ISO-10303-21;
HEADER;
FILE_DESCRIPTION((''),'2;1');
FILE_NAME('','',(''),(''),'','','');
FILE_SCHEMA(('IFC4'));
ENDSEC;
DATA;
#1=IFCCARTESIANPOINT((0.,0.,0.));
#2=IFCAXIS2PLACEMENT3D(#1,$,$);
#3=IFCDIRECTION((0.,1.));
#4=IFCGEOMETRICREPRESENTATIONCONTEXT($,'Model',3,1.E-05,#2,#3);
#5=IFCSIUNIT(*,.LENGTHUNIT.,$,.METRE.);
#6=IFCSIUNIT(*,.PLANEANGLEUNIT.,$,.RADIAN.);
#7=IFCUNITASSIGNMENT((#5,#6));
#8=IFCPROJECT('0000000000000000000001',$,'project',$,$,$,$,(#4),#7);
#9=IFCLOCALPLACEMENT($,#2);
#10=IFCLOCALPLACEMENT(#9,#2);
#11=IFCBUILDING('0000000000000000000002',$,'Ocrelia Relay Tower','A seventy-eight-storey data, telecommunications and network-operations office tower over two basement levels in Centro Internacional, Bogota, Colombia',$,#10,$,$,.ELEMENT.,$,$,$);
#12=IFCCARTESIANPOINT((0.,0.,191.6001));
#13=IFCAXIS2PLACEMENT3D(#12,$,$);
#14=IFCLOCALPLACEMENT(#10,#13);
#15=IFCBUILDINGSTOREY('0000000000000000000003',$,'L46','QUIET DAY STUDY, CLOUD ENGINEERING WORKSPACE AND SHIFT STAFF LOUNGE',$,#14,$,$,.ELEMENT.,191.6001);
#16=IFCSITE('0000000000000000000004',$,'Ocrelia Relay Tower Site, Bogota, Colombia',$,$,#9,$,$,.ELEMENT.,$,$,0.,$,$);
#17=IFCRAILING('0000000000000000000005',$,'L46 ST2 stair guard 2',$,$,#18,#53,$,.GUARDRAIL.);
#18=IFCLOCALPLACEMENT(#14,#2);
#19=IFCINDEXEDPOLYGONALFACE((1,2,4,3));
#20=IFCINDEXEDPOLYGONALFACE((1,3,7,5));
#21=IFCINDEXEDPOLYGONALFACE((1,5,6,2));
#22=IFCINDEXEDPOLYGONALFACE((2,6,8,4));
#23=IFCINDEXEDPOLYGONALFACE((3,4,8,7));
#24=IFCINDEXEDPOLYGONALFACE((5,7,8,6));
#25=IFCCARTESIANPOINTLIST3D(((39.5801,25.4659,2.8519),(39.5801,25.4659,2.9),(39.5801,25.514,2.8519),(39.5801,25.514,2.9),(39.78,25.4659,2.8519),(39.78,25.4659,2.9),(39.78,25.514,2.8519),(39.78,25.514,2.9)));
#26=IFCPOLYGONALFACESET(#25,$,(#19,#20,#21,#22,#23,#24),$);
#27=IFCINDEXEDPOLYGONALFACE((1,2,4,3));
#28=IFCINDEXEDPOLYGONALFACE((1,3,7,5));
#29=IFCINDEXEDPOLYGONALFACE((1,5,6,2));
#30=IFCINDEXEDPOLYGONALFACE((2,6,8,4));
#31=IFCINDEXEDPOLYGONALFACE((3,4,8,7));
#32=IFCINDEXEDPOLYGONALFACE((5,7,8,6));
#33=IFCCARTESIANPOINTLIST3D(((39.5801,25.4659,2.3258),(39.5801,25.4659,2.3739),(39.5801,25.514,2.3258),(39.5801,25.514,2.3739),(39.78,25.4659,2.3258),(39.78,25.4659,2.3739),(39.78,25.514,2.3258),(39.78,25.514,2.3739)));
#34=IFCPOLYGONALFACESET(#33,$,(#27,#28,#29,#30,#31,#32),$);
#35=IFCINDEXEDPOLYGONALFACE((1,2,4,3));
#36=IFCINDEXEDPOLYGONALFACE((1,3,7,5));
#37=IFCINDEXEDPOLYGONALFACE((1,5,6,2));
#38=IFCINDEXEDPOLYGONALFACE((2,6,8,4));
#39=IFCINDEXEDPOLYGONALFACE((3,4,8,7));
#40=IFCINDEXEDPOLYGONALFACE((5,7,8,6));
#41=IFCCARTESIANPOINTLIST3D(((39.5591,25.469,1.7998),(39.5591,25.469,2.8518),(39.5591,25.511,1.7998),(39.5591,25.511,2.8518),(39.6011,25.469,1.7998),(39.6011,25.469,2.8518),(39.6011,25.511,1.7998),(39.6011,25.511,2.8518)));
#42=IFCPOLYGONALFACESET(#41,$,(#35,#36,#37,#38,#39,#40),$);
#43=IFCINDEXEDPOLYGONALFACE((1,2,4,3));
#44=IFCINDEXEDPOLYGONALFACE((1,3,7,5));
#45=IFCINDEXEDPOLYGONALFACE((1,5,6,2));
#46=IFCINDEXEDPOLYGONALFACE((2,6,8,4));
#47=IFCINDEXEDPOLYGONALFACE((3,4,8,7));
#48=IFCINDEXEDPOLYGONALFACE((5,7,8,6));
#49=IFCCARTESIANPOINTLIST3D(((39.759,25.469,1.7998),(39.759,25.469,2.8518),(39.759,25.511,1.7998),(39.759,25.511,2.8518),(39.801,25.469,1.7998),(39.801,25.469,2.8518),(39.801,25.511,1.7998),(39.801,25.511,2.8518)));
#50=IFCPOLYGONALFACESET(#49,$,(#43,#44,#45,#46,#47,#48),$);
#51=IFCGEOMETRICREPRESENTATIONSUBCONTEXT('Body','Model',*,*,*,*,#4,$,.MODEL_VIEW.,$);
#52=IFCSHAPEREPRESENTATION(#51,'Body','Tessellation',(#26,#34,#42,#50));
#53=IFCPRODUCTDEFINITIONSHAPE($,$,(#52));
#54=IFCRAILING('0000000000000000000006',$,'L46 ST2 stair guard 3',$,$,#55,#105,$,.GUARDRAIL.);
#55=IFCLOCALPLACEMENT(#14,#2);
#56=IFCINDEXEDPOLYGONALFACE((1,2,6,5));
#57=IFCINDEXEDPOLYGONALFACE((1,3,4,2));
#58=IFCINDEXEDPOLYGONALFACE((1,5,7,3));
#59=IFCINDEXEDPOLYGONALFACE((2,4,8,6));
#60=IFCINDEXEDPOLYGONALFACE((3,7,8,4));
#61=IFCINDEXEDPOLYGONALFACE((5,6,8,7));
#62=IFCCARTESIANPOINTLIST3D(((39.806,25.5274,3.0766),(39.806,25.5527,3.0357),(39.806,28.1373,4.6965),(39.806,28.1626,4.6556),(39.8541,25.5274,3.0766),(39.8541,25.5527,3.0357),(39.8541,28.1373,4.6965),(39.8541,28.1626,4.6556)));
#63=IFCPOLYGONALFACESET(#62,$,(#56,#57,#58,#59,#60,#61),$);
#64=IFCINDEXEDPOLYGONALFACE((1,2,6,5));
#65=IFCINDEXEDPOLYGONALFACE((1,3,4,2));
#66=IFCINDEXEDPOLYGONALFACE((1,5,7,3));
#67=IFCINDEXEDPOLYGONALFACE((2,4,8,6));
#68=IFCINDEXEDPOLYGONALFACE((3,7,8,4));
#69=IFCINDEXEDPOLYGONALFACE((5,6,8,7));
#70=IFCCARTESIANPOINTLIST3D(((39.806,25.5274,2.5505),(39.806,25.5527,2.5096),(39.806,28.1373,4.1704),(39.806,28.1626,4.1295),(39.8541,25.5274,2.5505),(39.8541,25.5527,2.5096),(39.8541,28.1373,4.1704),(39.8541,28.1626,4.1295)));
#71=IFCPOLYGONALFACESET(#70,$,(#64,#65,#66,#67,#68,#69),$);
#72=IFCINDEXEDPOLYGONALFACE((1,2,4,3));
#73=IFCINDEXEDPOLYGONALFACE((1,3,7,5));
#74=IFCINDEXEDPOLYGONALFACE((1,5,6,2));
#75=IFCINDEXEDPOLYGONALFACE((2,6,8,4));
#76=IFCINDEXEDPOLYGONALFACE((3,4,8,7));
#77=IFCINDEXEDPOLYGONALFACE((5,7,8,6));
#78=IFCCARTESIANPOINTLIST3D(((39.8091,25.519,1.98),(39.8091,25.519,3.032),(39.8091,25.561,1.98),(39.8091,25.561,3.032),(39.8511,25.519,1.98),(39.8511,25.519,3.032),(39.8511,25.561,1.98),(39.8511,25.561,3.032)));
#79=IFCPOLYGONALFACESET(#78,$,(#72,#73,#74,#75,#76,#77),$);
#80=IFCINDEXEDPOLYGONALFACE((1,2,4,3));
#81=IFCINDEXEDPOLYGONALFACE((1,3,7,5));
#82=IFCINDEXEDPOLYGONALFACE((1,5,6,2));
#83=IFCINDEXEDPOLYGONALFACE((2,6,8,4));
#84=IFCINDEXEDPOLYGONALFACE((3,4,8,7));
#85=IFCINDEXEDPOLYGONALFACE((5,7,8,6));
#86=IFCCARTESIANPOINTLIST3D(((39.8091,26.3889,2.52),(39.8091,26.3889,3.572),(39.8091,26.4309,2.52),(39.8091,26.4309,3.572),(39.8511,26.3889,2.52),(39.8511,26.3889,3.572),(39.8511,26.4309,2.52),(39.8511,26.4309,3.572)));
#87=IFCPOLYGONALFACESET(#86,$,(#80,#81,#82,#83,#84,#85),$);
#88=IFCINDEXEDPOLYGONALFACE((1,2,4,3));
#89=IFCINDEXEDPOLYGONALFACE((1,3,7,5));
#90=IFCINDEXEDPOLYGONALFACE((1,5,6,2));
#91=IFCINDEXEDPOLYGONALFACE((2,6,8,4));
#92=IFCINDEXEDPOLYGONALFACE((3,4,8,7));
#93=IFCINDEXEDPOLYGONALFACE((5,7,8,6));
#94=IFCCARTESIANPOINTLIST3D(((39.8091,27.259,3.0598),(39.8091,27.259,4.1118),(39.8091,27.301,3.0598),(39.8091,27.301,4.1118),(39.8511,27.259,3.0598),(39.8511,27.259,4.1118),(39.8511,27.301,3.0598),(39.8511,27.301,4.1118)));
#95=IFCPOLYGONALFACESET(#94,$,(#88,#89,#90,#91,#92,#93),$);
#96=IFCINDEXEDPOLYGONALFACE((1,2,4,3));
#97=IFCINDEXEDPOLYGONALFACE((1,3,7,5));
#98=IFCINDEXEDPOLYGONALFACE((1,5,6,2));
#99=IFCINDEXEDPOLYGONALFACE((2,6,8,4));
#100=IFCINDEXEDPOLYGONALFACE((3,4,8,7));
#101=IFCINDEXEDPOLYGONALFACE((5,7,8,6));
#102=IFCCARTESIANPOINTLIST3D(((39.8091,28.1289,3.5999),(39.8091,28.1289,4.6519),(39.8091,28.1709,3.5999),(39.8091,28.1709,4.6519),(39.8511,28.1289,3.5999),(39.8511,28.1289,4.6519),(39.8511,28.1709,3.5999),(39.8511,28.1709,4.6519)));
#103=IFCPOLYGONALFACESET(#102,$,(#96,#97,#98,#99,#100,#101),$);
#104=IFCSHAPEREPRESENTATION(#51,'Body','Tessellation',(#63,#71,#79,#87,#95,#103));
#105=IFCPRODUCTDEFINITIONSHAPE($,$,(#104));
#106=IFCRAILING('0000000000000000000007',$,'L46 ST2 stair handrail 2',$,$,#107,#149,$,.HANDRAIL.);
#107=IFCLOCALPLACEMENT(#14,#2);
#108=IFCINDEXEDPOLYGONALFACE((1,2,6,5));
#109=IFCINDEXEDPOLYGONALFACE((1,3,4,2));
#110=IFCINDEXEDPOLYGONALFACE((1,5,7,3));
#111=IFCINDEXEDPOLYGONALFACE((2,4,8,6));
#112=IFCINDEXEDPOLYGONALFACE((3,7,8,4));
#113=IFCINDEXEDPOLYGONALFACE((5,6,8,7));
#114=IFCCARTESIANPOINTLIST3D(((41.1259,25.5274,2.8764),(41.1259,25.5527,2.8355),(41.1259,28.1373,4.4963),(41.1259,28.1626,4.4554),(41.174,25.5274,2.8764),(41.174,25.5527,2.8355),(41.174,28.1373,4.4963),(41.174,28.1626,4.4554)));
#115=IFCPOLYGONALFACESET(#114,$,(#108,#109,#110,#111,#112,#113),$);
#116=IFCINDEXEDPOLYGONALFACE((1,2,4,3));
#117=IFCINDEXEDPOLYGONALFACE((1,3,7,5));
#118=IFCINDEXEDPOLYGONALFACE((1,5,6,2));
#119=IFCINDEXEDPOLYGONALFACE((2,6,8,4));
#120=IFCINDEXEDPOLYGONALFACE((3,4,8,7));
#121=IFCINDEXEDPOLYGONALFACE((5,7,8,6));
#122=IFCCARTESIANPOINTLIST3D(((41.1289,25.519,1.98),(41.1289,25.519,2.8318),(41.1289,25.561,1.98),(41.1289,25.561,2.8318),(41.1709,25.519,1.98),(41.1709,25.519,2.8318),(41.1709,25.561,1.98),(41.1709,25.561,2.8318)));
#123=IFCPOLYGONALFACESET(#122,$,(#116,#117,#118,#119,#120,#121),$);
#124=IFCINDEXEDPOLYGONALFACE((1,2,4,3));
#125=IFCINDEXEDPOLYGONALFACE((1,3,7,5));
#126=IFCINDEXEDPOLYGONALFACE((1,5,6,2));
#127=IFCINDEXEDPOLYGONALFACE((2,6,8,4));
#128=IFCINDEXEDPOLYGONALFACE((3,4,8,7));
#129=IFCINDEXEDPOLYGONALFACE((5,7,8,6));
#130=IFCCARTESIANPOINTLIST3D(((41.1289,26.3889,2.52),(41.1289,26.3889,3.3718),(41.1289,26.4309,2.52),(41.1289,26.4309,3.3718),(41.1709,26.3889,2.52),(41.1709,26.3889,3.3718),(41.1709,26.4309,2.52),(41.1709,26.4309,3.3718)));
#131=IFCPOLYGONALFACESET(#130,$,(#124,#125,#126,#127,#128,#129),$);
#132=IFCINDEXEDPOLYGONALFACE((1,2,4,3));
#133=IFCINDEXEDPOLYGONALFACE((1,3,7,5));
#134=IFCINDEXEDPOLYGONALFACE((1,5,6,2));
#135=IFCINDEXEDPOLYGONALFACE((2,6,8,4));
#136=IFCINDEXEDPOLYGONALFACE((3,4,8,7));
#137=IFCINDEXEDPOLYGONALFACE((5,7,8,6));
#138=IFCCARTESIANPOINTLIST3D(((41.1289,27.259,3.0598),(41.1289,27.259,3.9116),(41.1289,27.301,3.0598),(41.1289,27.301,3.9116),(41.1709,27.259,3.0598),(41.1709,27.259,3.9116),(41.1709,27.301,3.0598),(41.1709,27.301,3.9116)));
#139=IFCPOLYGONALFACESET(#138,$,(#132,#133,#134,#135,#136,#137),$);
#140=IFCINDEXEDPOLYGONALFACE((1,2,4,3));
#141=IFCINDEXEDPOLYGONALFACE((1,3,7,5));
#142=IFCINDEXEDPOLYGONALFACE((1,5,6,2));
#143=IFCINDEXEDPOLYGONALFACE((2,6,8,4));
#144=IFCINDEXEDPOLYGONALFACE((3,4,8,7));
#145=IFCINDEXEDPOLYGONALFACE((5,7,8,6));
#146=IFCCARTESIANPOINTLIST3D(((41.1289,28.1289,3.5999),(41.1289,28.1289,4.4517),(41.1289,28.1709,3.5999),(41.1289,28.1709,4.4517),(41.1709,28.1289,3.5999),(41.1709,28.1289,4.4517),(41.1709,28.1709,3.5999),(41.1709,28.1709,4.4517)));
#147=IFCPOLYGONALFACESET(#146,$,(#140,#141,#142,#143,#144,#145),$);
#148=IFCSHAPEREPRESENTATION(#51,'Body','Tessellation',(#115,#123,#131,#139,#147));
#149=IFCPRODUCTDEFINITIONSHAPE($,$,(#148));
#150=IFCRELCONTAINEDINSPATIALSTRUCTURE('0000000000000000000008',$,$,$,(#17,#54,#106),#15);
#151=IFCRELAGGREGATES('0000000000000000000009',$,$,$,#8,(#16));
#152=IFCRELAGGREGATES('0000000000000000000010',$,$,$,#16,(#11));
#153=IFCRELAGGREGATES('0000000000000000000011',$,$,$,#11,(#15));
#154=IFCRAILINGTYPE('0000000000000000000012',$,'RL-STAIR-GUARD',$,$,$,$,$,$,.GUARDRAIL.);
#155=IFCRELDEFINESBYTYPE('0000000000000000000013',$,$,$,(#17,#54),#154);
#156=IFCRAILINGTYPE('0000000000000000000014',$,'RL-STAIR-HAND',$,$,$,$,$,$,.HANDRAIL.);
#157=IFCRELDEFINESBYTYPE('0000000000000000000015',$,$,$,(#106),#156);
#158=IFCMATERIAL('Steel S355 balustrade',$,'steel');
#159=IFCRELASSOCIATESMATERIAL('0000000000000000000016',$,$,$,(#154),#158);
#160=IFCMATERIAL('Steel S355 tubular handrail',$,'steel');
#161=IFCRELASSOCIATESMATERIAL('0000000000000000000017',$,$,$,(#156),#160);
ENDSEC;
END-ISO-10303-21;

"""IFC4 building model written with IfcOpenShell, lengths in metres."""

from ifc_helpers import new_model, si_unit, direction, frame, origin, origin_2d, place, context, subcontext, project, spatial, rectangle, extrude, material, type_object, element, save


model = new_model("IFC4")

# Units and contexts
model_context = context("Model", 3, precision=1e-05, world=origin(), true_north=direction((0.0, 1.0)))
body_context = subcontext(model_context, "Body", "Model", "MODEL_VIEW")
ifc_project = project(units=[si_unit("LENGTHUNIT", "METRE"), si_unit("PLANEANGLEUNIT", "RADIAN")], contexts=[model_context])

# Site, building, storey
site_placement = place(None, origin())
site = spatial("IfcSite", under=ifc_project, at=site_placement, Name="Ocrelia Relay Tower Site, Bogota, Colombia", CompositionType="ELEMENT", RefElevation=0.0)
building_placement = place(site_placement, origin())
building = spatial("IfcBuilding", under=site, at=building_placement, Name="Ocrelia Relay Tower", Description="A seventy-eight-storey data, telecommunications and network-operations office tower over two basement levels in Centro Internacional, Bogota, Colombia", CompositionType="ELEMENT")
storey_placement = place(building_placement, frame((0.0, 0.0, 191.6001)))
storey = spatial("IfcBuildingStorey", under=building, at=storey_placement, Name="L46", Description="QUIET DAY STUDY, CLOUD ENGINEERING WORKSPACE AND SHIFT STAFF LOUNGE", CompositionType="ELEMENT", Elevation=191.6001)

# Railings
ifc_material_1 = material(Name="Steel S355 balustrade", Category="steel")
railing_type_1 = type_object("IfcRailingType", Name="RL-STAIR-GUARD", PredefinedType="GUARDRAIL", material=ifc_material_1)
railing_1_placement = place(storey_placement, frame((39.5801, 25.49, 1.7998)))
element("IfcRailing", 1, at=railing_1_placement, inside=storey, type_object=railing_type_1, Name="L46 ST2 stair guard 2", PredefinedType="GUARDRAIL", context=body_context, shape_type="SweptSolid", body=[
    extrude(rectangle(XDim=0.0481, YDim=0.0481, at=origin_2d()), frame((0.0, 0.0, 1.0762), z_axis=(1.0, 0.0, 0.0), x_axis=(0.0, 1.0, 0.0)), (0.0, 0.0, 1.0), 0.2),
    extrude(rectangle(XDim=0.0481, YDim=0.0481, at=origin_2d()), frame((0.0, 0.0, 0.55), z_axis=(1.0, 0.0, 0.0), x_axis=(0.0, 1.0, 0.0)), (0.0, 0.0, 1.0), 0.2),
    extrude(rectangle(XDim=0.042, YDim=0.042, at=origin_2d()), origin(), (0.0, 0.0, 1.0), 1.052),
    extrude(rectangle(XDim=0.042, YDim=0.042, at=origin_2d()), frame((0.2, 0.0, 0.0)), (0.0, 0.0, 1.0), 1.052),
])
railing_2_placement = place(storey_placement, frame((39.8301, 25.54, 1.98)))
element("IfcRailing", 2, at=railing_2_placement, inside=storey, type_object=railing_type_1, Name="L46 ST2 stair guard 3", PredefinedType="GUARDRAIL", context=body_context, shape_type="SweptSolid", body=[
    extrude(rectangle(XDim=0.0481, YDim=0.0481, at=origin_2d()), frame((0.0, 0.0, 1.0762), z_axis=(0.0, 0.849646, 0.527353), x_axis=(-1.0, 0.0, 0.0)), (0.0, 0.0, 1.0), 3.0718),
    extrude(rectangle(XDim=0.0481, YDim=0.0481, at=origin_2d()), frame((0.0, 0.0, 0.55), z_axis=(0.0, 0.849646, 0.527353), x_axis=(-1.0, 0.0, 0.0)), (0.0, 0.0, 1.0), 3.0718),
    extrude(rectangle(XDim=0.042, YDim=0.042, at=origin_2d()), origin(), (0.0, 0.0, 1.0), 1.052),
    extrude(rectangle(XDim=0.042, YDim=0.042, at=origin_2d()), frame((0.0, 0.8699, 0.54)), (0.0, 0.0, 1.0), 1.052),
    extrude(rectangle(XDim=0.042, YDim=0.042, at=origin_2d()), frame((0.0, 1.74, 1.0798)), (0.0, 0.0, 1.0), 1.052),
    extrude(rectangle(XDim=0.042, YDim=0.042, at=origin_2d()), frame((0.0, 2.6099, 1.6199)), (0.0, 0.0, 1.0), 1.052),
])
ifc_material_2 = material(Name="Steel S355 tubular handrail", Category="steel")
railing_type_2 = type_object("IfcRailingType", Name="RL-STAIR-HAND", PredefinedType="HANDRAIL", material=ifc_material_2)
railing_3_placement = place(storey_placement, frame((41.1499, 25.54, 1.98)))
element("IfcRailing", 3, at=railing_3_placement, inside=storey, type_object=railing_type_2, Name="L46 ST2 stair handrail 2", PredefinedType="HANDRAIL", context=body_context, shape_type="SweptSolid", body=[
    extrude(rectangle(XDim=0.0481, YDim=0.0481, at=origin_2d()), frame((0.0, 0.0, 0.876), z_axis=(0.0, 0.849646, 0.527353), x_axis=(-1.0, 0.0, 0.0)), (0.0, 0.0, 1.0), 3.0718),
    extrude(rectangle(XDim=0.042, YDim=0.042, at=origin_2d()), origin(), (0.0, 0.0, 1.0), 0.8518),
    extrude(rectangle(XDim=0.042, YDim=0.042, at=origin_2d()), frame((0.0, 0.8699, 0.54)), (0.0, 0.0, 1.0), 0.8518),
    extrude(rectangle(XDim=0.042, YDim=0.042, at=origin_2d()), frame((0.0, 1.74, 1.0798)), (0.0, 0.0, 1.0), 0.8518),
    extrude(rectangle(XDim=0.042, YDim=0.042, at=origin_2d()), frame((0.0, 2.6099, 1.6199)), (0.0, 0.0, 1.0), 0.8518),
])

save(model, "model.ifc")
